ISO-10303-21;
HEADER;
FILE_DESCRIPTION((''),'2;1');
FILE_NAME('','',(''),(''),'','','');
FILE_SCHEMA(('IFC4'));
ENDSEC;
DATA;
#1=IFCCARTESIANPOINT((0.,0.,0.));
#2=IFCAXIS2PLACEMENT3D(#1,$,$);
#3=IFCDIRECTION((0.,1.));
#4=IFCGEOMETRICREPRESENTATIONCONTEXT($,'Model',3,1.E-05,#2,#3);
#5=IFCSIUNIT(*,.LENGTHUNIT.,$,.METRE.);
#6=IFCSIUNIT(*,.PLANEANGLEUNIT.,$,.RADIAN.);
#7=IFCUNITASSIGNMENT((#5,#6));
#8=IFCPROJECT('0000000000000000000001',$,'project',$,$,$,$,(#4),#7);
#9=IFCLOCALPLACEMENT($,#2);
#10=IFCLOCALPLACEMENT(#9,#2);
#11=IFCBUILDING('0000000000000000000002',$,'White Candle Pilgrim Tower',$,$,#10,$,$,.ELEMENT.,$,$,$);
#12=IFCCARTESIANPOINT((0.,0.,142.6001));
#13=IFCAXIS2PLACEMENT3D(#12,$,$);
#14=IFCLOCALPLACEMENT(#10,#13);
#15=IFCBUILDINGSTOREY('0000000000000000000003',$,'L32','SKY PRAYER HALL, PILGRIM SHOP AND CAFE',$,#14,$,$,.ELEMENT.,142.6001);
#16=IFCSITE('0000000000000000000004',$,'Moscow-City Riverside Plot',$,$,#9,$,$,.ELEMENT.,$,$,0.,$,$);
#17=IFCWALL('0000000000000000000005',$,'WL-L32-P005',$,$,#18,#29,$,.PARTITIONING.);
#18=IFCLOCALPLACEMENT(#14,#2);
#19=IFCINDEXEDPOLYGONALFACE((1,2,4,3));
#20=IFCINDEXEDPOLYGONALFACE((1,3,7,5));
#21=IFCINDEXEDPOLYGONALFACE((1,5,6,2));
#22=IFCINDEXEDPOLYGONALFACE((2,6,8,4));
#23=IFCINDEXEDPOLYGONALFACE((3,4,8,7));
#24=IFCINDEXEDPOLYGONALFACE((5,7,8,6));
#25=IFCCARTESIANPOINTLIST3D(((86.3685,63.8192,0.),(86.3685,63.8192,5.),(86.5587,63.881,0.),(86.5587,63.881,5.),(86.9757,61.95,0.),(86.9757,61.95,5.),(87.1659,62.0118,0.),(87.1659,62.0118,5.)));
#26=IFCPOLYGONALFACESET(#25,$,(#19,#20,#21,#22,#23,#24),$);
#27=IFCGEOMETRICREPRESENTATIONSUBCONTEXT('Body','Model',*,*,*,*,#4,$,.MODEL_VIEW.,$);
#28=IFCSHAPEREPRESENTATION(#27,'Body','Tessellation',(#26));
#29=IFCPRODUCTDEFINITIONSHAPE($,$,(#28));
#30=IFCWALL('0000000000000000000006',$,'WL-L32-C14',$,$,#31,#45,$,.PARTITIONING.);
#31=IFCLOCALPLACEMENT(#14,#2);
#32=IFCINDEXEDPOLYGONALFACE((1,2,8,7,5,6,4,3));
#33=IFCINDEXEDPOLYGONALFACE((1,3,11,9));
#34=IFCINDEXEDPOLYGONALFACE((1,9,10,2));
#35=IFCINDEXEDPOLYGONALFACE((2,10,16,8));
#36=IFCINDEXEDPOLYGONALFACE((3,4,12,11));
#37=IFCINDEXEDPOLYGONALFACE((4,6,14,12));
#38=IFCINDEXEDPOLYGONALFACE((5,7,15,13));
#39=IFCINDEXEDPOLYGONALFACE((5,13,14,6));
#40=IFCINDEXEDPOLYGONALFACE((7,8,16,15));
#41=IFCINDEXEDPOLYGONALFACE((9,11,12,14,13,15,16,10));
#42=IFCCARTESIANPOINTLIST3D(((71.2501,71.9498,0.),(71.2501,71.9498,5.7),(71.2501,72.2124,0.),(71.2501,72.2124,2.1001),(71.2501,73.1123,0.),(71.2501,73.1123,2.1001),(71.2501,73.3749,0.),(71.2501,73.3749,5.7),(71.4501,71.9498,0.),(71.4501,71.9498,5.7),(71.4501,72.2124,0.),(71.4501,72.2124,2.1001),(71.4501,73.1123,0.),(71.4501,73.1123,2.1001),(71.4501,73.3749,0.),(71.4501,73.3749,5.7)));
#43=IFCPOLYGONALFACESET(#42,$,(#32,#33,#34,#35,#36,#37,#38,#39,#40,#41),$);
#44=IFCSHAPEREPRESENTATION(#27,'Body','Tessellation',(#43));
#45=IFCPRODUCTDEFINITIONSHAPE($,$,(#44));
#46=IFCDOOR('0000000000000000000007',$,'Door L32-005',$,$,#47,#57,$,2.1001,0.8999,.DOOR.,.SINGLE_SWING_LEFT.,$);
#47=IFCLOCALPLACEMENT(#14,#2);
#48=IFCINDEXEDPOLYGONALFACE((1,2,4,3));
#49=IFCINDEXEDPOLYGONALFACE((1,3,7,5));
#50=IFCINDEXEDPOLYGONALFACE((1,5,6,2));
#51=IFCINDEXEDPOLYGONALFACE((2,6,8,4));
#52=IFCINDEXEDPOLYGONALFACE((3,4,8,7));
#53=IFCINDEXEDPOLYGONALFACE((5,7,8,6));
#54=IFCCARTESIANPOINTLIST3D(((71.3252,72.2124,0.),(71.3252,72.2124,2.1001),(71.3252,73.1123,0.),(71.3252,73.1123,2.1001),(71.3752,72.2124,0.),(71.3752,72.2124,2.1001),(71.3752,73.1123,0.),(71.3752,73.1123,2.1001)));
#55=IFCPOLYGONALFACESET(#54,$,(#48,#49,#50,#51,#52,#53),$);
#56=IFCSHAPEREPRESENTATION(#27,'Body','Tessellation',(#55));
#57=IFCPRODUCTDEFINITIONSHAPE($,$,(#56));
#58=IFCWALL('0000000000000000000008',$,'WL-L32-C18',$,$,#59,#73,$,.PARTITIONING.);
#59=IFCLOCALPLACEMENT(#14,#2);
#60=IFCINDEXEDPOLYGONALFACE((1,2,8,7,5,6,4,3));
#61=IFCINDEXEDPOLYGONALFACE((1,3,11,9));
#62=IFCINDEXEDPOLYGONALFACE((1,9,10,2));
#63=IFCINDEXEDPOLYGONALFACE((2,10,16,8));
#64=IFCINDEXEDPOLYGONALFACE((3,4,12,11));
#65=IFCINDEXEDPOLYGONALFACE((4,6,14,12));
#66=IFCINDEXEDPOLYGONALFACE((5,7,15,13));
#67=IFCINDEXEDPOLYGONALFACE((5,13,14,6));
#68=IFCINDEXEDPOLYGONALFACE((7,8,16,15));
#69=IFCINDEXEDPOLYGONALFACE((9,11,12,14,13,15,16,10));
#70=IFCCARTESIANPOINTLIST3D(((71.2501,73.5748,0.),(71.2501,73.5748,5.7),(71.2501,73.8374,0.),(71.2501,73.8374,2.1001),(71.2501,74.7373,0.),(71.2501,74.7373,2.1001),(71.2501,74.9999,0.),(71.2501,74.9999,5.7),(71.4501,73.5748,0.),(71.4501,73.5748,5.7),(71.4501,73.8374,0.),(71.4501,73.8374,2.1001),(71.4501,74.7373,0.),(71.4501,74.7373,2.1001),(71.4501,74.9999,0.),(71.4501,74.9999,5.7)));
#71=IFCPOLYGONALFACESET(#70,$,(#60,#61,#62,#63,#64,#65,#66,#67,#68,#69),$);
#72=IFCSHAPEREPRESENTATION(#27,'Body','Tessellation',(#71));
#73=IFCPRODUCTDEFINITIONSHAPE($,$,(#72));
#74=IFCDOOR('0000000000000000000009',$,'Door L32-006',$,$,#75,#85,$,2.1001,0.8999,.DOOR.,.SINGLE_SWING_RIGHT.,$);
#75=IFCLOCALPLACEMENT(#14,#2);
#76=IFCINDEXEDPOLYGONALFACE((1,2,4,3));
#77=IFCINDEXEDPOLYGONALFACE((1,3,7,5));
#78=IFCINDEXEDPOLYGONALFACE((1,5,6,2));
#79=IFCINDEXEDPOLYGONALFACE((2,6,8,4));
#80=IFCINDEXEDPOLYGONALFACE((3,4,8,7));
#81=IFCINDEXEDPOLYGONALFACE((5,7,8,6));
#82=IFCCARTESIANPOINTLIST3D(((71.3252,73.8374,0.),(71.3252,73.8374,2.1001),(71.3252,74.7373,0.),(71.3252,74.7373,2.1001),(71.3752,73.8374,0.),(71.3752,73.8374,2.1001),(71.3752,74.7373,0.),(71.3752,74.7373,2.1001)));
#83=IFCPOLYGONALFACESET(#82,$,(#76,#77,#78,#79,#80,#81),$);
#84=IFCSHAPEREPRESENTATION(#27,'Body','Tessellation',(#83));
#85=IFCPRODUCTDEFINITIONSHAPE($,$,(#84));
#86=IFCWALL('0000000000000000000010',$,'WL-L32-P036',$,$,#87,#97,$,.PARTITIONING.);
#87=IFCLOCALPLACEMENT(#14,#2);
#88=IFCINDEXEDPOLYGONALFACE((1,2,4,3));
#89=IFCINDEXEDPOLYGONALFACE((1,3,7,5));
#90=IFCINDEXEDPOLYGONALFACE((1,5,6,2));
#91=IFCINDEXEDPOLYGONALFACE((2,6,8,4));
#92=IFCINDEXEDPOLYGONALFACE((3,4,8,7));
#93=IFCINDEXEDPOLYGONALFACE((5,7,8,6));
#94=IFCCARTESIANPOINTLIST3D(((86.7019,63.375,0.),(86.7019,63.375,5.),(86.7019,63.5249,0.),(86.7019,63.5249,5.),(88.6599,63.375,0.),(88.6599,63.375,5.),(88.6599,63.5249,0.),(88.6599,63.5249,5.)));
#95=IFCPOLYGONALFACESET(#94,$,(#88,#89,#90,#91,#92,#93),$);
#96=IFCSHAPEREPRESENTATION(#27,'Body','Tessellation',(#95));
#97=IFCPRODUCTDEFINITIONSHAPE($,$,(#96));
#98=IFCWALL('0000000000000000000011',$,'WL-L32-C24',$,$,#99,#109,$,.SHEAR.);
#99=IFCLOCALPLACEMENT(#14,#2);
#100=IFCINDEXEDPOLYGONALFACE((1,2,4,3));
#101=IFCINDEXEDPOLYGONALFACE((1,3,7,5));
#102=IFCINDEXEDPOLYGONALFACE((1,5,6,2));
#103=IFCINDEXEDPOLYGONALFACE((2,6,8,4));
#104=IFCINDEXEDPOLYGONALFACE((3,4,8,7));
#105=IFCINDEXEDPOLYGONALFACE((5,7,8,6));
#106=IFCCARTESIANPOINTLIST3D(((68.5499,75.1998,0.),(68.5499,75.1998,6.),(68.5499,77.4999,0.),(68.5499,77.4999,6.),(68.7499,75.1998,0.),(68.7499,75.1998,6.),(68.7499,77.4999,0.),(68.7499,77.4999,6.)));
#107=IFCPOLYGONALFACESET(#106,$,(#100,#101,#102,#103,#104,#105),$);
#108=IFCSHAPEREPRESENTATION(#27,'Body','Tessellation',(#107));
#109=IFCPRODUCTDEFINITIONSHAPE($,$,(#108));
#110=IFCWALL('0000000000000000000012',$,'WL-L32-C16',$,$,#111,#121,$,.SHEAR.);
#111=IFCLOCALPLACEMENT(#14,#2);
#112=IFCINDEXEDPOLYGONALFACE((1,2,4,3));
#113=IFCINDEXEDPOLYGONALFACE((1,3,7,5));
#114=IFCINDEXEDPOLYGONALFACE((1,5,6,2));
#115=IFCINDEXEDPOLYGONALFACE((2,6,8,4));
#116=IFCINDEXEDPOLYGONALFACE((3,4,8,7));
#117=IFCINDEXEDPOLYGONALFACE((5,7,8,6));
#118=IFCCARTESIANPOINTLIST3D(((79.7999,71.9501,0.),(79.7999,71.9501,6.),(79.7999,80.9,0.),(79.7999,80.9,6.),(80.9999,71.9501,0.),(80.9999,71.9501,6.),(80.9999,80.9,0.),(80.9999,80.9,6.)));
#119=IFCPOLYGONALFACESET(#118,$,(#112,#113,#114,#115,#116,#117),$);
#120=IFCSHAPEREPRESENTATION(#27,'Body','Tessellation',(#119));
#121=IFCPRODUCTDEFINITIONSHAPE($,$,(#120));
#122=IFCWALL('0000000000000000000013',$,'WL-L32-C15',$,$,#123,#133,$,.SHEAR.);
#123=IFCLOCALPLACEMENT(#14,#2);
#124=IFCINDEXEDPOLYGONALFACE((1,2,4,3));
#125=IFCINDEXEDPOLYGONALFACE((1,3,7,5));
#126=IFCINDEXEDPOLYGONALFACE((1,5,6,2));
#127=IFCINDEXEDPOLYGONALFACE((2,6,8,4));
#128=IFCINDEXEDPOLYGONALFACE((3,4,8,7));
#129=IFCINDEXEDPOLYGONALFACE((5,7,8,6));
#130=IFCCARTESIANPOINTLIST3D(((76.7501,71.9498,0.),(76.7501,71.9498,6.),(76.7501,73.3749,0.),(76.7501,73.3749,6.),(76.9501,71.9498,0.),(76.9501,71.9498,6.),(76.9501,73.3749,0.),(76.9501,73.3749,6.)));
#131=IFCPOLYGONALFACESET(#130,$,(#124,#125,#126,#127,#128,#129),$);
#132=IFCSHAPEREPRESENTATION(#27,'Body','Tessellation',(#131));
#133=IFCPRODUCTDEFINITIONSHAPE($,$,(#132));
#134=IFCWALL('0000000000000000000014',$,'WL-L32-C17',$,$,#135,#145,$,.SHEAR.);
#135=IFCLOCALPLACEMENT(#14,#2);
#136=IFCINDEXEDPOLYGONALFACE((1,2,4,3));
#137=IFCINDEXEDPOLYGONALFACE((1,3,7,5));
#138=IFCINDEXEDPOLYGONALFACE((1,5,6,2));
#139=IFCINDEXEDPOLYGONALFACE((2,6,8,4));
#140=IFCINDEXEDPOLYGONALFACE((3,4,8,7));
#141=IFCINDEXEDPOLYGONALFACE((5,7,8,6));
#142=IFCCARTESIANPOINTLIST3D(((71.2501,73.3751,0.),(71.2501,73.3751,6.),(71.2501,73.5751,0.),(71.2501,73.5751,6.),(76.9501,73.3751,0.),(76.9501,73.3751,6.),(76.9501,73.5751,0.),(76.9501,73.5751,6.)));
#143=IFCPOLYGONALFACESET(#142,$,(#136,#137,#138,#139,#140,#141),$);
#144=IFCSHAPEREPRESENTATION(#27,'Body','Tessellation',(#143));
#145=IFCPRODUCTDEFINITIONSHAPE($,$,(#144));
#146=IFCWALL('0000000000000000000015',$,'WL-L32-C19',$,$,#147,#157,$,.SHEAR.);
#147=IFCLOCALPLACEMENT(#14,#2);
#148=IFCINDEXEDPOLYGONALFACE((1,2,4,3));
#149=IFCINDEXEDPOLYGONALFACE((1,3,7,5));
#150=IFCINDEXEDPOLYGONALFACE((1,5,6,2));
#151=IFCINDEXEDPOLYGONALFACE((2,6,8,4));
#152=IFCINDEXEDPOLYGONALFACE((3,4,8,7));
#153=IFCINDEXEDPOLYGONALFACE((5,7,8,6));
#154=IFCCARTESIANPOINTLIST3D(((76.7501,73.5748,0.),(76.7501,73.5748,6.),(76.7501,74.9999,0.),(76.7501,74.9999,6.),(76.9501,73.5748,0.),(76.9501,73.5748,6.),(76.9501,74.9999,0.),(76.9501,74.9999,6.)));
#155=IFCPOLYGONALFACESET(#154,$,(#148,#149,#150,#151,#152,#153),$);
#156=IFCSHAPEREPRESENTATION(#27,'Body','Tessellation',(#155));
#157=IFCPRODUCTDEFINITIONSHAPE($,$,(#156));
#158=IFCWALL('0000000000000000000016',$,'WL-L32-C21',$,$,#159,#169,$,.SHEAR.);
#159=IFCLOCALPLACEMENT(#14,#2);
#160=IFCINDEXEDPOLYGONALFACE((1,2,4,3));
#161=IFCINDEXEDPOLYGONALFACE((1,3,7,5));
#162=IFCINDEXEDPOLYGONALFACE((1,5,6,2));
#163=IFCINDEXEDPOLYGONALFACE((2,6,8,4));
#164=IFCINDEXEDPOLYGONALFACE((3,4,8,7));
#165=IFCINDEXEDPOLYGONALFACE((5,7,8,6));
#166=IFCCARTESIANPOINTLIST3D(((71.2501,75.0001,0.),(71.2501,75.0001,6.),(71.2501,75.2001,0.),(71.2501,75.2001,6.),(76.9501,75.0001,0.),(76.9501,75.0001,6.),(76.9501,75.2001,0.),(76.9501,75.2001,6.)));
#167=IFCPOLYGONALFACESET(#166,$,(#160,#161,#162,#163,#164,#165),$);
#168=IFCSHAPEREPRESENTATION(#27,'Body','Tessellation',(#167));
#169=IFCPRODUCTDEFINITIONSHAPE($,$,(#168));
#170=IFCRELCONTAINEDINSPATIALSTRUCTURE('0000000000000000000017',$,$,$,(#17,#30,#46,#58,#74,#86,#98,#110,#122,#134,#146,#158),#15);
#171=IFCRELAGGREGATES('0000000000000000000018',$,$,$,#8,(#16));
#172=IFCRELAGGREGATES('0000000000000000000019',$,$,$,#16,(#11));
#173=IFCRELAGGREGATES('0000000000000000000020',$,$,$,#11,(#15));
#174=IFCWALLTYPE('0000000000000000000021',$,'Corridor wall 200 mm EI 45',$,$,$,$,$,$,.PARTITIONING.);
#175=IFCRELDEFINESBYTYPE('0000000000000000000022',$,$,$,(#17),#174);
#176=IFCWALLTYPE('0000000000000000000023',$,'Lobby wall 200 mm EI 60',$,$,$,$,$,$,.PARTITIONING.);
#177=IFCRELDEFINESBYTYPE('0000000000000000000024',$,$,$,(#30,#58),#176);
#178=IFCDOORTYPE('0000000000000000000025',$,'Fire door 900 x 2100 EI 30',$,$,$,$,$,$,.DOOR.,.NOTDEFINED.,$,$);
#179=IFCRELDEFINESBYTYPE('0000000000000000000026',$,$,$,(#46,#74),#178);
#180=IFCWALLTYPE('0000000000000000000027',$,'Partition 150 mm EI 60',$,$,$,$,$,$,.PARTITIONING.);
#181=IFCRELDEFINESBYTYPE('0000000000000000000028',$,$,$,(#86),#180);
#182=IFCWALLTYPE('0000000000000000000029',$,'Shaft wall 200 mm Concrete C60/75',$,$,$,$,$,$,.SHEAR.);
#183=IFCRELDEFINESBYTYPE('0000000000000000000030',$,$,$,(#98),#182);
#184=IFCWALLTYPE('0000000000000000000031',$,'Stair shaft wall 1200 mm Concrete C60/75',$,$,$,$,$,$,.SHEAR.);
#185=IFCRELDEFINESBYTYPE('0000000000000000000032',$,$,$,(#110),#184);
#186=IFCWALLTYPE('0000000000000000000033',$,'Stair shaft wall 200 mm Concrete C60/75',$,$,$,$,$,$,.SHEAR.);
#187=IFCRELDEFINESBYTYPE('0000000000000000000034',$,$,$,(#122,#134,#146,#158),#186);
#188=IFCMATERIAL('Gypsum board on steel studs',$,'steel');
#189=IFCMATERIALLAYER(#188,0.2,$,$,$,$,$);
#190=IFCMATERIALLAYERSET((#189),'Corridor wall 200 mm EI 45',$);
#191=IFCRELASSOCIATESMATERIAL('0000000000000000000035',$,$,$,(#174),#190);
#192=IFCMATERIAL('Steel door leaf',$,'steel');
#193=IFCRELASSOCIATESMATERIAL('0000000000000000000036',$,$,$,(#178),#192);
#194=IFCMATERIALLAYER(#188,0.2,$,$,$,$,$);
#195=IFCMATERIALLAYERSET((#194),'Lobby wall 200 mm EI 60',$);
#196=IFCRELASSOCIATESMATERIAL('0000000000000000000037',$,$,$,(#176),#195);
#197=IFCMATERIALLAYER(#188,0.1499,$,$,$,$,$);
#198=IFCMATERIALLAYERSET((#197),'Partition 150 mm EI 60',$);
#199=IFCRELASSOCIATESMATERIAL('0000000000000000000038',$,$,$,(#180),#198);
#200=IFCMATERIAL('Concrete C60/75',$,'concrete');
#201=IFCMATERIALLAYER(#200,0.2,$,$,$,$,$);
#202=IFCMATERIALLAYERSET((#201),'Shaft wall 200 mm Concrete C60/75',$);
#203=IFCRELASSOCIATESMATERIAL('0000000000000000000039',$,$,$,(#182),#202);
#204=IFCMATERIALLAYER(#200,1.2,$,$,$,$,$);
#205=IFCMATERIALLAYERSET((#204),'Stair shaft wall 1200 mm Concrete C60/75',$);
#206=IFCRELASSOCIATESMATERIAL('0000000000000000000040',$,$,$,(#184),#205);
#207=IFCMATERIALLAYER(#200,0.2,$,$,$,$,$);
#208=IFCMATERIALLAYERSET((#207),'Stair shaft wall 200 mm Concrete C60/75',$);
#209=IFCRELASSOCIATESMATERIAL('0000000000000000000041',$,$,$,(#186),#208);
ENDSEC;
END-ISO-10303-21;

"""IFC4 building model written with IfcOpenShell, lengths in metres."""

from ifc_helpers import new_model, si_unit, direction, frame, frame_2d, origin, place, context, subcontext, project, spatial, rectangle, extrude, material, layer, layer_set, type_object, element, fill, save


model = new_model("IFC4")

# Units and contexts
model_context = context("Model", 3, precision=1e-05, world=origin(), true_north=direction((0.0, 1.0)))
body_context = subcontext(model_context, "Body", "Model", "MODEL_VIEW")
ifc_project = project(units=[si_unit("LENGTHUNIT", "METRE"), si_unit("PLANEANGLEUNIT", "RADIAN")], contexts=[model_context])

# Site, building, storey
site_placement = place(None, origin())
site = spatial("IfcSite", under=ifc_project, at=site_placement, Name="Moscow-City Riverside Plot", CompositionType="ELEMENT", RefElevation=0.0)
building_placement = place(site_placement, origin())
building = spatial("IfcBuilding", under=site, at=building_placement, Name="White Candle Pilgrim Tower", CompositionType="ELEMENT")
storey_placement = place(building_placement, frame((0.0, 0.0, 142.6001)))
storey = spatial("IfcBuildingStorey", under=building, at=storey_placement, Name="L32", Description="SKY PRAYER HALL, PILGRIM SHOP AND CAFE", CompositionType="ELEMENT", Elevation=142.6001)

# Shared definitions
ifc_material_1 = material(Name="Gypsum board on steel studs", Category="steel")
ifc_layer_1 = layer(ifc_material_1, 0.2)
ifc_layer_set_1 = layer_set([ifc_layer_1], Name="Corridor wall 200 mm EI 45")
wall_type_1 = type_object("IfcWallType", Name="Corridor wall 200 mm EI 45", PredefinedType="PARTITIONING", material=ifc_layer_set_1)
ifc_material_2 = material(Name="Steel door leaf", Category="steel")
door_type = type_object("IfcDoorType", Name="Fire door 900 x 2100 EI 30", OperationType="NOTDEFINED", PredefinedType="DOOR", material=ifc_material_2)

# Wall
wall_1_placement = place(storey_placement, frame((86.4636, 63.8501, 0.0), z_axis=(0.0, 0.0, 1.0), x_axis=(0.308951, -0.951078, 0.0)))
element("IfcWall", 1, at=wall_1_placement, inside=storey, type_object=wall_type_1, Name="WL-L32-P005", PredefinedType="PARTITIONING", context=body_context, shape_type="SweptSolid", body=[
    extrude(rectangle(XDim=1.9653, YDim=0.2, at=frame_2d((0.9827, 0.0))), origin(), (0.0, 0.0, 1.0), 5.0),
])

# Walls, openings, doors
ifc_layer_2 = layer(ifc_material_1, 0.2)
ifc_layer_set_2 = layer_set([ifc_layer_2], Name="Lobby wall 200 mm EI 60")
wall_type_2 = type_object("IfcWallType", Name="Lobby wall 200 mm EI 60", PredefinedType="PARTITIONING", material=ifc_layer_set_2)
wall_2_placement = place(storey_placement, frame((71.3501, 71.95, 0.0), z_axis=(0.0, 0.0, 1.0), x_axis=(0.0, 1.0, 0.0)))
wall_2 = element("IfcWall", 2, at=wall_2_placement, inside=storey, type_object=wall_type_2, Name="WL-L32-C14", PredefinedType="PARTITIONING", context=body_context, shape_type="SweptSolid", body=[
    extrude(rectangle(XDim=1.425, YDim=0.2, at=frame_2d((0.7124, 0.0))), origin(), (0.0, 0.0, 1.0), 5.7),
])
opening_1_placement = place(wall_2_placement, frame((0.2625, 0.0, 0.0)))
opening_1 = element("IfcOpeningElement", 3, at=opening_1_placement, cuts=wall_2, PredefinedType="OPENING", context=body_context, shape_type="SweptSolid", body=[
    extrude(rectangle(XDim=0.8999, YDim=2.1001, at=frame_2d((0.45, 1.05))), frame((0.0, 0.1099, 0.0), z_axis=(0.0, -1.0, 0.0), x_axis=(1.0, 0.0, 0.0)), (0.0, 0.0, 1.0), 0.22),
])
door_1_placement = place(opening_1_placement, origin())
door_1 = element("IfcDoor", 4, at=door_1_placement, inside=storey, type_object=door_type, Name="Door L32-005", OperationType="SINGLE_SWING_LEFT", OverallHeight=2.1001, OverallWidth=0.8999, PredefinedType="DOOR", context=body_context, shape_type="SweptSolid", body=[
    extrude(rectangle(XDim=0.8999, YDim=2.1001, at=frame_2d((0.45, 1.05))), frame((0.0, 0.0249, 0.0), z_axis=(0.0, -1.0, 0.0), x_axis=(1.0, 0.0, 0.0)), (0.0, 0.0, 1.0), 0.05),
])
fill(opening_1, door_1)
wall_3_placement = place(storey_placement, frame((71.3501, 73.575, 0.0), z_axis=(0.0, 0.0, 1.0), x_axis=(0.0, 1.0, 0.0)))
wall_3 = element("IfcWall", 5, at=wall_3_placement, inside=storey, type_object=wall_type_2, Name="WL-L32-C18", PredefinedType="PARTITIONING", context=body_context, shape_type="SweptSolid", body=[
    extrude(rectangle(XDim=1.425, YDim=0.2, at=frame_2d((0.7124, 0.0))), origin(), (0.0, 0.0, 1.0), 5.7),
])
opening_2_placement = place(wall_3_placement, frame((0.2625, 0.0, 0.0)))
opening_2 = element("IfcOpeningElement", 6, at=opening_2_placement, cuts=wall_3, PredefinedType="OPENING", context=body_context, shape_type="SweptSolid", body=[
    extrude(rectangle(XDim=0.8999, YDim=2.1001, at=frame_2d((0.45, 1.05))), frame((0.0, 0.1099, 0.0), z_axis=(0.0, -1.0, 0.0), x_axis=(1.0, 0.0, 0.0)), (0.0, 0.0, 1.0), 0.22),
])
door_2_placement = place(opening_2_placement, origin())
door_2 = element("IfcDoor", 7, at=door_2_placement, inside=storey, type_object=door_type, Name="Door L32-006", OperationType="SINGLE_SWING_RIGHT", OverallHeight=2.1001, OverallWidth=0.8999, PredefinedType="DOOR", context=body_context, shape_type="SweptSolid", body=[
    extrude(rectangle(XDim=0.8999, YDim=2.1001, at=frame_2d((0.45, 1.05))), frame((0.0, 0.0249, 0.0), z_axis=(0.0, -1.0, 0.0), x_axis=(1.0, 0.0, 0.0)), (0.0, 0.0, 1.0), 0.05),
])
fill(opening_2, door_2)

# Walls
ifc_layer_3 = layer(ifc_material_1, 0.1499)
ifc_layer_set_3 = layer_set([ifc_layer_3], Name="Partition 150 mm EI 60")
wall_type_3 = type_object("IfcWallType", Name="Partition 150 mm EI 60", PredefinedType="PARTITIONING", material=ifc_layer_set_3)
wall_4_placement = place(storey_placement, frame((88.6599, 63.45, 0.0), z_axis=(0.0, 0.0, 1.0), x_axis=(-1.0, 0.0, 0.0)))
element("IfcWall", 8, at=wall_4_placement, inside=storey, type_object=wall_type_3, Name="WL-L32-P036", PredefinedType="PARTITIONING", context=body_context, shape_type="SweptSolid", body=[
    extrude(rectangle(XDim=1.958, YDim=0.1499, at=frame_2d((0.979, 0.0))), origin(), (0.0, 0.0, 1.0), 5.0),
])
ifc_material_3 = material(Name="Concrete C60/75", Category="concrete")
ifc_layer_4 = layer(ifc_material_3, 0.2)
ifc_layer_set_4 = layer_set([ifc_layer_4], Name="Shaft wall 200 mm Concrete C60/75")
wall_type_4 = type_object("IfcWallType", Name="Shaft wall 200 mm Concrete C60/75", PredefinedType="SHEAR", material=ifc_layer_set_4)
wall_5_placement = place(storey_placement, frame((68.6499, 75.2, 0.0), z_axis=(0.0, 0.0, 1.0), x_axis=(0.0, 1.0, 0.0)))
element("IfcWall", 9, at=wall_5_placement, inside=storey, type_object=wall_type_4, Name="WL-L32-C24", PredefinedType="SHEAR", context=body_context, shape_type="SweptSolid", body=[
    extrude(rectangle(XDim=2.3, YDim=0.2, at=frame_2d((1.1499, 0.0))), origin(), (0.0, 0.0, 1.0), 6.0),
])
ifc_layer_5 = layer(ifc_material_3, 1.2)
ifc_layer_set_5 = layer_set([ifc_layer_5], Name="Stair shaft wall 1200 mm Concrete C60/75")
wall_type_5 = type_object("IfcWallType", Name="Stair shaft wall 1200 mm Concrete C60/75", PredefinedType="SHEAR", material=ifc_layer_set_5)
wall_6_placement = place(storey_placement, frame((80.3999, 71.95, 0.0), z_axis=(0.0, 0.0, 1.0), x_axis=(0.0, 1.0, 0.0)))
element("IfcWall", 10, at=wall_6_placement, inside=storey, type_object=wall_type_5, Name="WL-L32-C16", PredefinedType="SHEAR", context=body_context, shape_type="SweptSolid", body=[
    extrude(rectangle(XDim=8.95, YDim=1.2, at=frame_2d((4.4751, 0.0))), origin(), (0.0, 0.0, 1.0), 6.0),
])
ifc_layer_6 = layer(ifc_material_3, 0.2)
ifc_layer_set_6 = layer_set([ifc_layer_6], Name="Stair shaft wall 200 mm Concrete C60/75")
wall_type_6 = type_object("IfcWallType", Name="Stair shaft wall 200 mm Concrete C60/75", PredefinedType="SHEAR", material=ifc_layer_set_6)
wall_7_placement = place(storey_placement, frame((76.8501, 71.95, 0.0), z_axis=(0.0, 0.0, 1.0), x_axis=(0.0, 1.0, 0.0)))
element("IfcWall", 11, at=wall_7_placement, inside=storey, type_object=wall_type_6, Name="WL-L32-C15", PredefinedType="SHEAR", context=body_context, shape_type="SweptSolid", body=[
    extrude(rectangle(XDim=1.425, YDim=0.2, at=frame_2d((0.7124, 0.0))), origin(), (0.0, 0.0, 1.0), 6.0),
])
wall_8_placement = place(storey_placement, frame((71.25, 73.4751, 0.0), z_axis=(0.0, 0.0, 1.0), x_axis=(1.0, 0.0, 0.0)))
element("IfcWall", 12, at=wall_8_placement, inside=storey, type_object=wall_type_6, Name="WL-L32-C17", PredefinedType="SHEAR", context=body_context, shape_type="SweptSolid", body=[
    extrude(rectangle(XDim=5.7, YDim=0.2, at=frame_2d((2.8501, 0.0))), origin(), (0.0, 0.0, 1.0), 6.0),
])
wall_9_placement = place(storey_placement, frame((76.8501, 73.575, 0.0), z_axis=(0.0, 0.0, 1.0), x_axis=(0.0, 1.0, 0.0)))
element("IfcWall", 13, at=wall_9_placement, inside=storey, type_object=wall_type_6, Name="WL-L32-C19", PredefinedType="SHEAR", context=body_context, shape_type="SweptSolid", body=[
    extrude(rectangle(XDim=1.425, YDim=0.2, at=frame_2d((0.7124, 0.0))), origin(), (0.0, 0.0, 1.0), 6.0),
])
wall_10_placement = place(storey_placement, frame((71.25, 75.1001, 0.0), z_axis=(0.0, 0.0, 1.0), x_axis=(1.0, 0.0, 0.0)))
element("IfcWall", 14, at=wall_10_placement, inside=storey, type_object=wall_type_6, Name="WL-L32-C21", PredefinedType="SHEAR", context=body_context, shape_type="SweptSolid", body=[
    extrude(rectangle(XDim=5.7, YDim=0.2, at=frame_2d((2.8501, 0.0))), origin(), (0.0, 0.0, 1.0), 6.0),
])

save(model, "model.ifc")
